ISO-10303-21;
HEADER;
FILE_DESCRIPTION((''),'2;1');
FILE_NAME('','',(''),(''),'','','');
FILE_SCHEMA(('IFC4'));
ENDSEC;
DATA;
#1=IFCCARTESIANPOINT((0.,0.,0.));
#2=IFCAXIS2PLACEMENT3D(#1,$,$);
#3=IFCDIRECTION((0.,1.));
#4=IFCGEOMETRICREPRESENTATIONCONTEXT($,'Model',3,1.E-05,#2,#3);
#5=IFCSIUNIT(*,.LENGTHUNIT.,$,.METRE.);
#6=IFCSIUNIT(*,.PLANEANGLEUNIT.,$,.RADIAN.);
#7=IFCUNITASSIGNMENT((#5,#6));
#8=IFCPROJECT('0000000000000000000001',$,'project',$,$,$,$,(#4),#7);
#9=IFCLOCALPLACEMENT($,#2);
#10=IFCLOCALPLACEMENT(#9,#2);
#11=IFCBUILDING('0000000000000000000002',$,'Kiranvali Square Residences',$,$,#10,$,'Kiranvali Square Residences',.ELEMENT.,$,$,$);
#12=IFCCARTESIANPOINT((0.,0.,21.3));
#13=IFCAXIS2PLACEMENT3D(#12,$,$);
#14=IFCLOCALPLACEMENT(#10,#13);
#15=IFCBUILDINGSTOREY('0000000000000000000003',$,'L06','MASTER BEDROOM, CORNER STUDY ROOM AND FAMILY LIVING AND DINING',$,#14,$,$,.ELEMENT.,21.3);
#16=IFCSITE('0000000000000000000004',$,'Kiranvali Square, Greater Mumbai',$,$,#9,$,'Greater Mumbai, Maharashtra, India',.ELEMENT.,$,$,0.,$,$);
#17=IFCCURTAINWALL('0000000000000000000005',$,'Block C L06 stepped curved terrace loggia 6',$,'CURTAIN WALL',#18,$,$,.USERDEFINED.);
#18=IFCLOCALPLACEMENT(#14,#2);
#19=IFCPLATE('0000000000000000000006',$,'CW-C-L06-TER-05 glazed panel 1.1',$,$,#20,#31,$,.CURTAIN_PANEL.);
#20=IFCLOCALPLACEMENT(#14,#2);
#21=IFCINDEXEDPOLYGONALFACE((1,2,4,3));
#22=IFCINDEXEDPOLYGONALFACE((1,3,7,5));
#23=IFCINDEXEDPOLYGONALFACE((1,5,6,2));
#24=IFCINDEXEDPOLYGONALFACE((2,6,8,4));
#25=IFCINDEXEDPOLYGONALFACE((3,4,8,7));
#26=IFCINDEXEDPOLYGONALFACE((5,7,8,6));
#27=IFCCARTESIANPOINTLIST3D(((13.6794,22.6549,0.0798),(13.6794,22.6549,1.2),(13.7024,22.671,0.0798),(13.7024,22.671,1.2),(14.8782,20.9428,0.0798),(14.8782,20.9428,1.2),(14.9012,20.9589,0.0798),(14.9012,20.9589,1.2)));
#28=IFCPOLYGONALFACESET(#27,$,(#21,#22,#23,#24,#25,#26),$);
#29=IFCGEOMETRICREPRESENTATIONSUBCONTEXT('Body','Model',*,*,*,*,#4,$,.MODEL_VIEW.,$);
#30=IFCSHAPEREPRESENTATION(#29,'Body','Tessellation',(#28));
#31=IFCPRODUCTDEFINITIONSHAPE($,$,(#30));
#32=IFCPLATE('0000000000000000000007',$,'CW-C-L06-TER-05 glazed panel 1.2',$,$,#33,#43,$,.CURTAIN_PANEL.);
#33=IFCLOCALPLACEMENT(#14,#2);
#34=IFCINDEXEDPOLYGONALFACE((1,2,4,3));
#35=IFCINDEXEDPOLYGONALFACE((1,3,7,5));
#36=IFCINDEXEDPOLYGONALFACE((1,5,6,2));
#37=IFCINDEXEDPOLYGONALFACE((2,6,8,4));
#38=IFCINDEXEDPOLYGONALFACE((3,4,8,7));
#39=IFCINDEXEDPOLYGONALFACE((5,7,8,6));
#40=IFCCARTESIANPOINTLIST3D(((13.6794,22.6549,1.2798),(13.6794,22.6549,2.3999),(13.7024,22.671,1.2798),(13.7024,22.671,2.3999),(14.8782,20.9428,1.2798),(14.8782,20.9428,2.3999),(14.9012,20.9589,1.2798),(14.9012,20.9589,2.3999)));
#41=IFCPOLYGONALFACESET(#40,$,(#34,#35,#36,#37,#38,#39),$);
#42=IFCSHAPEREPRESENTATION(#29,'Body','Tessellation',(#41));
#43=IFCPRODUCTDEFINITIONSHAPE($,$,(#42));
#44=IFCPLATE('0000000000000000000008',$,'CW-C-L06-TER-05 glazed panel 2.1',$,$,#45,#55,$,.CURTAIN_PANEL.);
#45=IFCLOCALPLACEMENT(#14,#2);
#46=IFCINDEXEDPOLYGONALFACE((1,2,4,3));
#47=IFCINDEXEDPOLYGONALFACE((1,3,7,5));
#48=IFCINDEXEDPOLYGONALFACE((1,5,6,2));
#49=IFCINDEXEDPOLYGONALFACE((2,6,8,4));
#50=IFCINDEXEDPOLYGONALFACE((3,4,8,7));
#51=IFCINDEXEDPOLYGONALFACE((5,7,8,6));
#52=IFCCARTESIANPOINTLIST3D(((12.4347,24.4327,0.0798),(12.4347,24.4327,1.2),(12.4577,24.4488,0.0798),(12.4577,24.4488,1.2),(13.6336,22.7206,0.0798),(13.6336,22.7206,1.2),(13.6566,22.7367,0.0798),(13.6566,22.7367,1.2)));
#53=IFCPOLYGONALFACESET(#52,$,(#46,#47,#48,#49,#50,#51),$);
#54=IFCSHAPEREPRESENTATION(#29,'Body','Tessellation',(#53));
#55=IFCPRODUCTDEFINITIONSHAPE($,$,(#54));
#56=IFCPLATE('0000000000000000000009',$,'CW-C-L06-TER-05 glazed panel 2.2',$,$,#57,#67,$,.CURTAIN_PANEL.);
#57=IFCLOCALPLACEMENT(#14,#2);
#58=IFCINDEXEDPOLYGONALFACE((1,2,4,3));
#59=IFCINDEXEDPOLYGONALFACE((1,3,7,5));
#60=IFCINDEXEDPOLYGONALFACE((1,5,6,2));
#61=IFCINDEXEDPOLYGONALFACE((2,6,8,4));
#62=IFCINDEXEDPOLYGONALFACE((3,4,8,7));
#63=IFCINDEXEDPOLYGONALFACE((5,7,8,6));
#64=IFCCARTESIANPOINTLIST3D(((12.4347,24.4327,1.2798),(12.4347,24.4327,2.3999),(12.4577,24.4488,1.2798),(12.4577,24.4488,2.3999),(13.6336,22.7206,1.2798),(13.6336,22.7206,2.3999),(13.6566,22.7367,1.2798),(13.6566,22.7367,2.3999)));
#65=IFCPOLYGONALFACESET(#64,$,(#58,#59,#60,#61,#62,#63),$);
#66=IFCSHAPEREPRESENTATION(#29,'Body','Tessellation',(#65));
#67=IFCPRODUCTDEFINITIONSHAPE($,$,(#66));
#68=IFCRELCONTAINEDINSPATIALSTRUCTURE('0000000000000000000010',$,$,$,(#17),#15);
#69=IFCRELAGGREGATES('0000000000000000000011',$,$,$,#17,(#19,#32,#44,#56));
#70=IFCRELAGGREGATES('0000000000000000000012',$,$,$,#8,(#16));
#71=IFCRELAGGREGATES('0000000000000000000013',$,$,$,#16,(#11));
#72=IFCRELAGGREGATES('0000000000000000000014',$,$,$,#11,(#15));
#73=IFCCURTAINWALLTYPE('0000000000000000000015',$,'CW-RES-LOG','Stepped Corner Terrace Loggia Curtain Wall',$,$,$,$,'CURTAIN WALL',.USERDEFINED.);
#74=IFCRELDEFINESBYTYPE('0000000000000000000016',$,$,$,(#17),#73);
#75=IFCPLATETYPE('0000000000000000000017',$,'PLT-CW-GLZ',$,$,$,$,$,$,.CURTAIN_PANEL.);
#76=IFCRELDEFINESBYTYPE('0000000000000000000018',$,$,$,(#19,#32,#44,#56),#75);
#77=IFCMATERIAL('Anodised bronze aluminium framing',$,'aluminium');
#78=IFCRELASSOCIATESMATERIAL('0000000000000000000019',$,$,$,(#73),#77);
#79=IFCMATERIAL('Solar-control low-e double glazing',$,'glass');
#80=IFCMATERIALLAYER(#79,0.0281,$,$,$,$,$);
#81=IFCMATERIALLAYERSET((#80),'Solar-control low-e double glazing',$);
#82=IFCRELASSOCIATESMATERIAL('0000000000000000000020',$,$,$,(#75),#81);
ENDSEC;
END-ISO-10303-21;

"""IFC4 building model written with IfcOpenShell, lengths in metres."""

from ifc_helpers import new_model, si_unit, direction, frame, origin, origin_2d, place, context, subcontext, project, spatial, rectangle, extrude, material, layer, layer_set, type_object, element, aggregate, save


model = new_model("IFC4")

# Units and contexts
model_context = context("Model", 3, precision=1e-05, world=origin(), true_north=direction((0.0, 1.0)))
body_context = subcontext(model_context, "Body", "Model", "MODEL_VIEW")
ifc_project = project(units=[si_unit("LENGTHUNIT", "METRE"), si_unit("PLANEANGLEUNIT", "RADIAN")], contexts=[model_context])

# Site, building, storey
site_placement = place(None, origin())
site = spatial("IfcSite", under=ifc_project, at=site_placement, Name="Kiranvali Square, Greater Mumbai", LongName="Greater Mumbai, Maharashtra, India", CompositionType="ELEMENT", RefElevation=0.0)
building_placement = place(site_placement, origin())
building = spatial("IfcBuilding", under=site, at=building_placement, Name="Kiranvali Square Residences", LongName="Kiranvali Square Residences", CompositionType="ELEMENT")
storey_placement = place(building_placement, frame((0.0, 0.0, 21.3)))
storey = spatial("IfcBuildingStorey", under=building, at=storey_placement, Name="L06", Description="MASTER BEDROOM, CORNER STUDY ROOM AND FAMILY LIVING AND DINING", CompositionType="ELEMENT", Elevation=21.3)

# Curtain wall
ifc_material_1 = material(Name="Anodised bronze aluminium framing", Category="aluminium")
curtain_wall_type = type_object("IfcCurtainWallType", Name="CW-RES-LOG", Description="Stepped Corner Terrace Loggia Curtain Wall", ElementType="CURTAIN WALL", PredefinedType="USERDEFINED", material=ifc_material_1)
curtain_wall_placement = place(storey_placement, origin())
curtain_wall = element("IfcCurtainWall", 1, at=curtain_wall_placement, inside=storey, type_object=curtain_wall_type, Name="Block C L06 stepped curved terrace loggia 6", ObjectType="CURTAIN WALL", PredefinedType="USERDEFINED")

# Plates
ifc_material_2 = material(Name="Solar-control low-e double glazing", Category="glass")
ifc_layer = layer(ifc_material_2, 0.0281)
ifc_layer_set = layer_set([ifc_layer], Name="Solar-control low-e double glazing")
plate_type = type_object("IfcPlateType", Name="PLT-CW-GLZ", PredefinedType="CURTAIN_PANEL", material=ifc_layer_set)
plate_1_placement = place(storey_placement, frame((14.2903, 21.8069, 0.0798), z_axis=(0.0, 0.0, 1.0), x_axis=(-0.573576, 0.819152, 0.0)))
plate_1 = element("IfcPlate", 2, at=plate_1_placement, type_object=plate_type, Name="CW-C-L06-TER-05 glazed panel 1.1", PredefinedType="CURTAIN_PANEL", context=body_context, shape_type="SweptSolid", body=[
    extrude(rectangle(XDim=2.0901, YDim=0.0281, at=origin_2d()), origin(), (0.0, 0.0, 1.0), 1.1201),
])
plate_2_placement = place(storey_placement, frame((14.2903, 21.8069, 1.2798), z_axis=(0.0, 0.0, 1.0), x_axis=(-0.573576, 0.819152, 0.0)))
plate_2 = element("IfcPlate", 3, at=plate_2_placement, type_object=plate_type, Name="CW-C-L06-TER-05 glazed panel 1.2", PredefinedType="CURTAIN_PANEL", context=body_context, shape_type="SweptSolid", body=[
    extrude(rectangle(XDim=2.0901, YDim=0.0281, at=origin_2d()), origin(), (0.0, 0.0, 1.0), 1.1201),
])
plate_3_placement = place(storey_placement, frame((13.0457, 23.5847, 0.0798), z_axis=(0.0, 0.0, 1.0), x_axis=(-0.573576, 0.819152, 0.0)))
plate_3 = element("IfcPlate", 4, at=plate_3_placement, type_object=plate_type, Name="CW-C-L06-TER-05 glazed panel 2.1", PredefinedType="CURTAIN_PANEL", context=body_context, shape_type="SweptSolid", body=[
    extrude(rectangle(XDim=2.0901, YDim=0.0281, at=origin_2d()), origin(), (0.0, 0.0, 1.0), 1.1201),
])
plate_4_placement = place(storey_placement, frame((13.0457, 23.5847, 1.2798), z_axis=(0.0, 0.0, 1.0), x_axis=(-0.573576, 0.819152, 0.0)))
plate_4 = element("IfcPlate", 5, at=plate_4_placement, type_object=plate_type, Name="CW-C-L06-TER-05 glazed panel 2.2", PredefinedType="CURTAIN_PANEL", context=body_context, shape_type="SweptSolid", body=[
    extrude(rectangle(XDim=2.0901, YDim=0.0281, at=origin_2d()), origin(), (0.0, 0.0, 1.0), 1.1201),
])
aggregate(curtain_wall, [plate_1, plate_2, plate_3, plate_4])

save(model, "model.ifc")
